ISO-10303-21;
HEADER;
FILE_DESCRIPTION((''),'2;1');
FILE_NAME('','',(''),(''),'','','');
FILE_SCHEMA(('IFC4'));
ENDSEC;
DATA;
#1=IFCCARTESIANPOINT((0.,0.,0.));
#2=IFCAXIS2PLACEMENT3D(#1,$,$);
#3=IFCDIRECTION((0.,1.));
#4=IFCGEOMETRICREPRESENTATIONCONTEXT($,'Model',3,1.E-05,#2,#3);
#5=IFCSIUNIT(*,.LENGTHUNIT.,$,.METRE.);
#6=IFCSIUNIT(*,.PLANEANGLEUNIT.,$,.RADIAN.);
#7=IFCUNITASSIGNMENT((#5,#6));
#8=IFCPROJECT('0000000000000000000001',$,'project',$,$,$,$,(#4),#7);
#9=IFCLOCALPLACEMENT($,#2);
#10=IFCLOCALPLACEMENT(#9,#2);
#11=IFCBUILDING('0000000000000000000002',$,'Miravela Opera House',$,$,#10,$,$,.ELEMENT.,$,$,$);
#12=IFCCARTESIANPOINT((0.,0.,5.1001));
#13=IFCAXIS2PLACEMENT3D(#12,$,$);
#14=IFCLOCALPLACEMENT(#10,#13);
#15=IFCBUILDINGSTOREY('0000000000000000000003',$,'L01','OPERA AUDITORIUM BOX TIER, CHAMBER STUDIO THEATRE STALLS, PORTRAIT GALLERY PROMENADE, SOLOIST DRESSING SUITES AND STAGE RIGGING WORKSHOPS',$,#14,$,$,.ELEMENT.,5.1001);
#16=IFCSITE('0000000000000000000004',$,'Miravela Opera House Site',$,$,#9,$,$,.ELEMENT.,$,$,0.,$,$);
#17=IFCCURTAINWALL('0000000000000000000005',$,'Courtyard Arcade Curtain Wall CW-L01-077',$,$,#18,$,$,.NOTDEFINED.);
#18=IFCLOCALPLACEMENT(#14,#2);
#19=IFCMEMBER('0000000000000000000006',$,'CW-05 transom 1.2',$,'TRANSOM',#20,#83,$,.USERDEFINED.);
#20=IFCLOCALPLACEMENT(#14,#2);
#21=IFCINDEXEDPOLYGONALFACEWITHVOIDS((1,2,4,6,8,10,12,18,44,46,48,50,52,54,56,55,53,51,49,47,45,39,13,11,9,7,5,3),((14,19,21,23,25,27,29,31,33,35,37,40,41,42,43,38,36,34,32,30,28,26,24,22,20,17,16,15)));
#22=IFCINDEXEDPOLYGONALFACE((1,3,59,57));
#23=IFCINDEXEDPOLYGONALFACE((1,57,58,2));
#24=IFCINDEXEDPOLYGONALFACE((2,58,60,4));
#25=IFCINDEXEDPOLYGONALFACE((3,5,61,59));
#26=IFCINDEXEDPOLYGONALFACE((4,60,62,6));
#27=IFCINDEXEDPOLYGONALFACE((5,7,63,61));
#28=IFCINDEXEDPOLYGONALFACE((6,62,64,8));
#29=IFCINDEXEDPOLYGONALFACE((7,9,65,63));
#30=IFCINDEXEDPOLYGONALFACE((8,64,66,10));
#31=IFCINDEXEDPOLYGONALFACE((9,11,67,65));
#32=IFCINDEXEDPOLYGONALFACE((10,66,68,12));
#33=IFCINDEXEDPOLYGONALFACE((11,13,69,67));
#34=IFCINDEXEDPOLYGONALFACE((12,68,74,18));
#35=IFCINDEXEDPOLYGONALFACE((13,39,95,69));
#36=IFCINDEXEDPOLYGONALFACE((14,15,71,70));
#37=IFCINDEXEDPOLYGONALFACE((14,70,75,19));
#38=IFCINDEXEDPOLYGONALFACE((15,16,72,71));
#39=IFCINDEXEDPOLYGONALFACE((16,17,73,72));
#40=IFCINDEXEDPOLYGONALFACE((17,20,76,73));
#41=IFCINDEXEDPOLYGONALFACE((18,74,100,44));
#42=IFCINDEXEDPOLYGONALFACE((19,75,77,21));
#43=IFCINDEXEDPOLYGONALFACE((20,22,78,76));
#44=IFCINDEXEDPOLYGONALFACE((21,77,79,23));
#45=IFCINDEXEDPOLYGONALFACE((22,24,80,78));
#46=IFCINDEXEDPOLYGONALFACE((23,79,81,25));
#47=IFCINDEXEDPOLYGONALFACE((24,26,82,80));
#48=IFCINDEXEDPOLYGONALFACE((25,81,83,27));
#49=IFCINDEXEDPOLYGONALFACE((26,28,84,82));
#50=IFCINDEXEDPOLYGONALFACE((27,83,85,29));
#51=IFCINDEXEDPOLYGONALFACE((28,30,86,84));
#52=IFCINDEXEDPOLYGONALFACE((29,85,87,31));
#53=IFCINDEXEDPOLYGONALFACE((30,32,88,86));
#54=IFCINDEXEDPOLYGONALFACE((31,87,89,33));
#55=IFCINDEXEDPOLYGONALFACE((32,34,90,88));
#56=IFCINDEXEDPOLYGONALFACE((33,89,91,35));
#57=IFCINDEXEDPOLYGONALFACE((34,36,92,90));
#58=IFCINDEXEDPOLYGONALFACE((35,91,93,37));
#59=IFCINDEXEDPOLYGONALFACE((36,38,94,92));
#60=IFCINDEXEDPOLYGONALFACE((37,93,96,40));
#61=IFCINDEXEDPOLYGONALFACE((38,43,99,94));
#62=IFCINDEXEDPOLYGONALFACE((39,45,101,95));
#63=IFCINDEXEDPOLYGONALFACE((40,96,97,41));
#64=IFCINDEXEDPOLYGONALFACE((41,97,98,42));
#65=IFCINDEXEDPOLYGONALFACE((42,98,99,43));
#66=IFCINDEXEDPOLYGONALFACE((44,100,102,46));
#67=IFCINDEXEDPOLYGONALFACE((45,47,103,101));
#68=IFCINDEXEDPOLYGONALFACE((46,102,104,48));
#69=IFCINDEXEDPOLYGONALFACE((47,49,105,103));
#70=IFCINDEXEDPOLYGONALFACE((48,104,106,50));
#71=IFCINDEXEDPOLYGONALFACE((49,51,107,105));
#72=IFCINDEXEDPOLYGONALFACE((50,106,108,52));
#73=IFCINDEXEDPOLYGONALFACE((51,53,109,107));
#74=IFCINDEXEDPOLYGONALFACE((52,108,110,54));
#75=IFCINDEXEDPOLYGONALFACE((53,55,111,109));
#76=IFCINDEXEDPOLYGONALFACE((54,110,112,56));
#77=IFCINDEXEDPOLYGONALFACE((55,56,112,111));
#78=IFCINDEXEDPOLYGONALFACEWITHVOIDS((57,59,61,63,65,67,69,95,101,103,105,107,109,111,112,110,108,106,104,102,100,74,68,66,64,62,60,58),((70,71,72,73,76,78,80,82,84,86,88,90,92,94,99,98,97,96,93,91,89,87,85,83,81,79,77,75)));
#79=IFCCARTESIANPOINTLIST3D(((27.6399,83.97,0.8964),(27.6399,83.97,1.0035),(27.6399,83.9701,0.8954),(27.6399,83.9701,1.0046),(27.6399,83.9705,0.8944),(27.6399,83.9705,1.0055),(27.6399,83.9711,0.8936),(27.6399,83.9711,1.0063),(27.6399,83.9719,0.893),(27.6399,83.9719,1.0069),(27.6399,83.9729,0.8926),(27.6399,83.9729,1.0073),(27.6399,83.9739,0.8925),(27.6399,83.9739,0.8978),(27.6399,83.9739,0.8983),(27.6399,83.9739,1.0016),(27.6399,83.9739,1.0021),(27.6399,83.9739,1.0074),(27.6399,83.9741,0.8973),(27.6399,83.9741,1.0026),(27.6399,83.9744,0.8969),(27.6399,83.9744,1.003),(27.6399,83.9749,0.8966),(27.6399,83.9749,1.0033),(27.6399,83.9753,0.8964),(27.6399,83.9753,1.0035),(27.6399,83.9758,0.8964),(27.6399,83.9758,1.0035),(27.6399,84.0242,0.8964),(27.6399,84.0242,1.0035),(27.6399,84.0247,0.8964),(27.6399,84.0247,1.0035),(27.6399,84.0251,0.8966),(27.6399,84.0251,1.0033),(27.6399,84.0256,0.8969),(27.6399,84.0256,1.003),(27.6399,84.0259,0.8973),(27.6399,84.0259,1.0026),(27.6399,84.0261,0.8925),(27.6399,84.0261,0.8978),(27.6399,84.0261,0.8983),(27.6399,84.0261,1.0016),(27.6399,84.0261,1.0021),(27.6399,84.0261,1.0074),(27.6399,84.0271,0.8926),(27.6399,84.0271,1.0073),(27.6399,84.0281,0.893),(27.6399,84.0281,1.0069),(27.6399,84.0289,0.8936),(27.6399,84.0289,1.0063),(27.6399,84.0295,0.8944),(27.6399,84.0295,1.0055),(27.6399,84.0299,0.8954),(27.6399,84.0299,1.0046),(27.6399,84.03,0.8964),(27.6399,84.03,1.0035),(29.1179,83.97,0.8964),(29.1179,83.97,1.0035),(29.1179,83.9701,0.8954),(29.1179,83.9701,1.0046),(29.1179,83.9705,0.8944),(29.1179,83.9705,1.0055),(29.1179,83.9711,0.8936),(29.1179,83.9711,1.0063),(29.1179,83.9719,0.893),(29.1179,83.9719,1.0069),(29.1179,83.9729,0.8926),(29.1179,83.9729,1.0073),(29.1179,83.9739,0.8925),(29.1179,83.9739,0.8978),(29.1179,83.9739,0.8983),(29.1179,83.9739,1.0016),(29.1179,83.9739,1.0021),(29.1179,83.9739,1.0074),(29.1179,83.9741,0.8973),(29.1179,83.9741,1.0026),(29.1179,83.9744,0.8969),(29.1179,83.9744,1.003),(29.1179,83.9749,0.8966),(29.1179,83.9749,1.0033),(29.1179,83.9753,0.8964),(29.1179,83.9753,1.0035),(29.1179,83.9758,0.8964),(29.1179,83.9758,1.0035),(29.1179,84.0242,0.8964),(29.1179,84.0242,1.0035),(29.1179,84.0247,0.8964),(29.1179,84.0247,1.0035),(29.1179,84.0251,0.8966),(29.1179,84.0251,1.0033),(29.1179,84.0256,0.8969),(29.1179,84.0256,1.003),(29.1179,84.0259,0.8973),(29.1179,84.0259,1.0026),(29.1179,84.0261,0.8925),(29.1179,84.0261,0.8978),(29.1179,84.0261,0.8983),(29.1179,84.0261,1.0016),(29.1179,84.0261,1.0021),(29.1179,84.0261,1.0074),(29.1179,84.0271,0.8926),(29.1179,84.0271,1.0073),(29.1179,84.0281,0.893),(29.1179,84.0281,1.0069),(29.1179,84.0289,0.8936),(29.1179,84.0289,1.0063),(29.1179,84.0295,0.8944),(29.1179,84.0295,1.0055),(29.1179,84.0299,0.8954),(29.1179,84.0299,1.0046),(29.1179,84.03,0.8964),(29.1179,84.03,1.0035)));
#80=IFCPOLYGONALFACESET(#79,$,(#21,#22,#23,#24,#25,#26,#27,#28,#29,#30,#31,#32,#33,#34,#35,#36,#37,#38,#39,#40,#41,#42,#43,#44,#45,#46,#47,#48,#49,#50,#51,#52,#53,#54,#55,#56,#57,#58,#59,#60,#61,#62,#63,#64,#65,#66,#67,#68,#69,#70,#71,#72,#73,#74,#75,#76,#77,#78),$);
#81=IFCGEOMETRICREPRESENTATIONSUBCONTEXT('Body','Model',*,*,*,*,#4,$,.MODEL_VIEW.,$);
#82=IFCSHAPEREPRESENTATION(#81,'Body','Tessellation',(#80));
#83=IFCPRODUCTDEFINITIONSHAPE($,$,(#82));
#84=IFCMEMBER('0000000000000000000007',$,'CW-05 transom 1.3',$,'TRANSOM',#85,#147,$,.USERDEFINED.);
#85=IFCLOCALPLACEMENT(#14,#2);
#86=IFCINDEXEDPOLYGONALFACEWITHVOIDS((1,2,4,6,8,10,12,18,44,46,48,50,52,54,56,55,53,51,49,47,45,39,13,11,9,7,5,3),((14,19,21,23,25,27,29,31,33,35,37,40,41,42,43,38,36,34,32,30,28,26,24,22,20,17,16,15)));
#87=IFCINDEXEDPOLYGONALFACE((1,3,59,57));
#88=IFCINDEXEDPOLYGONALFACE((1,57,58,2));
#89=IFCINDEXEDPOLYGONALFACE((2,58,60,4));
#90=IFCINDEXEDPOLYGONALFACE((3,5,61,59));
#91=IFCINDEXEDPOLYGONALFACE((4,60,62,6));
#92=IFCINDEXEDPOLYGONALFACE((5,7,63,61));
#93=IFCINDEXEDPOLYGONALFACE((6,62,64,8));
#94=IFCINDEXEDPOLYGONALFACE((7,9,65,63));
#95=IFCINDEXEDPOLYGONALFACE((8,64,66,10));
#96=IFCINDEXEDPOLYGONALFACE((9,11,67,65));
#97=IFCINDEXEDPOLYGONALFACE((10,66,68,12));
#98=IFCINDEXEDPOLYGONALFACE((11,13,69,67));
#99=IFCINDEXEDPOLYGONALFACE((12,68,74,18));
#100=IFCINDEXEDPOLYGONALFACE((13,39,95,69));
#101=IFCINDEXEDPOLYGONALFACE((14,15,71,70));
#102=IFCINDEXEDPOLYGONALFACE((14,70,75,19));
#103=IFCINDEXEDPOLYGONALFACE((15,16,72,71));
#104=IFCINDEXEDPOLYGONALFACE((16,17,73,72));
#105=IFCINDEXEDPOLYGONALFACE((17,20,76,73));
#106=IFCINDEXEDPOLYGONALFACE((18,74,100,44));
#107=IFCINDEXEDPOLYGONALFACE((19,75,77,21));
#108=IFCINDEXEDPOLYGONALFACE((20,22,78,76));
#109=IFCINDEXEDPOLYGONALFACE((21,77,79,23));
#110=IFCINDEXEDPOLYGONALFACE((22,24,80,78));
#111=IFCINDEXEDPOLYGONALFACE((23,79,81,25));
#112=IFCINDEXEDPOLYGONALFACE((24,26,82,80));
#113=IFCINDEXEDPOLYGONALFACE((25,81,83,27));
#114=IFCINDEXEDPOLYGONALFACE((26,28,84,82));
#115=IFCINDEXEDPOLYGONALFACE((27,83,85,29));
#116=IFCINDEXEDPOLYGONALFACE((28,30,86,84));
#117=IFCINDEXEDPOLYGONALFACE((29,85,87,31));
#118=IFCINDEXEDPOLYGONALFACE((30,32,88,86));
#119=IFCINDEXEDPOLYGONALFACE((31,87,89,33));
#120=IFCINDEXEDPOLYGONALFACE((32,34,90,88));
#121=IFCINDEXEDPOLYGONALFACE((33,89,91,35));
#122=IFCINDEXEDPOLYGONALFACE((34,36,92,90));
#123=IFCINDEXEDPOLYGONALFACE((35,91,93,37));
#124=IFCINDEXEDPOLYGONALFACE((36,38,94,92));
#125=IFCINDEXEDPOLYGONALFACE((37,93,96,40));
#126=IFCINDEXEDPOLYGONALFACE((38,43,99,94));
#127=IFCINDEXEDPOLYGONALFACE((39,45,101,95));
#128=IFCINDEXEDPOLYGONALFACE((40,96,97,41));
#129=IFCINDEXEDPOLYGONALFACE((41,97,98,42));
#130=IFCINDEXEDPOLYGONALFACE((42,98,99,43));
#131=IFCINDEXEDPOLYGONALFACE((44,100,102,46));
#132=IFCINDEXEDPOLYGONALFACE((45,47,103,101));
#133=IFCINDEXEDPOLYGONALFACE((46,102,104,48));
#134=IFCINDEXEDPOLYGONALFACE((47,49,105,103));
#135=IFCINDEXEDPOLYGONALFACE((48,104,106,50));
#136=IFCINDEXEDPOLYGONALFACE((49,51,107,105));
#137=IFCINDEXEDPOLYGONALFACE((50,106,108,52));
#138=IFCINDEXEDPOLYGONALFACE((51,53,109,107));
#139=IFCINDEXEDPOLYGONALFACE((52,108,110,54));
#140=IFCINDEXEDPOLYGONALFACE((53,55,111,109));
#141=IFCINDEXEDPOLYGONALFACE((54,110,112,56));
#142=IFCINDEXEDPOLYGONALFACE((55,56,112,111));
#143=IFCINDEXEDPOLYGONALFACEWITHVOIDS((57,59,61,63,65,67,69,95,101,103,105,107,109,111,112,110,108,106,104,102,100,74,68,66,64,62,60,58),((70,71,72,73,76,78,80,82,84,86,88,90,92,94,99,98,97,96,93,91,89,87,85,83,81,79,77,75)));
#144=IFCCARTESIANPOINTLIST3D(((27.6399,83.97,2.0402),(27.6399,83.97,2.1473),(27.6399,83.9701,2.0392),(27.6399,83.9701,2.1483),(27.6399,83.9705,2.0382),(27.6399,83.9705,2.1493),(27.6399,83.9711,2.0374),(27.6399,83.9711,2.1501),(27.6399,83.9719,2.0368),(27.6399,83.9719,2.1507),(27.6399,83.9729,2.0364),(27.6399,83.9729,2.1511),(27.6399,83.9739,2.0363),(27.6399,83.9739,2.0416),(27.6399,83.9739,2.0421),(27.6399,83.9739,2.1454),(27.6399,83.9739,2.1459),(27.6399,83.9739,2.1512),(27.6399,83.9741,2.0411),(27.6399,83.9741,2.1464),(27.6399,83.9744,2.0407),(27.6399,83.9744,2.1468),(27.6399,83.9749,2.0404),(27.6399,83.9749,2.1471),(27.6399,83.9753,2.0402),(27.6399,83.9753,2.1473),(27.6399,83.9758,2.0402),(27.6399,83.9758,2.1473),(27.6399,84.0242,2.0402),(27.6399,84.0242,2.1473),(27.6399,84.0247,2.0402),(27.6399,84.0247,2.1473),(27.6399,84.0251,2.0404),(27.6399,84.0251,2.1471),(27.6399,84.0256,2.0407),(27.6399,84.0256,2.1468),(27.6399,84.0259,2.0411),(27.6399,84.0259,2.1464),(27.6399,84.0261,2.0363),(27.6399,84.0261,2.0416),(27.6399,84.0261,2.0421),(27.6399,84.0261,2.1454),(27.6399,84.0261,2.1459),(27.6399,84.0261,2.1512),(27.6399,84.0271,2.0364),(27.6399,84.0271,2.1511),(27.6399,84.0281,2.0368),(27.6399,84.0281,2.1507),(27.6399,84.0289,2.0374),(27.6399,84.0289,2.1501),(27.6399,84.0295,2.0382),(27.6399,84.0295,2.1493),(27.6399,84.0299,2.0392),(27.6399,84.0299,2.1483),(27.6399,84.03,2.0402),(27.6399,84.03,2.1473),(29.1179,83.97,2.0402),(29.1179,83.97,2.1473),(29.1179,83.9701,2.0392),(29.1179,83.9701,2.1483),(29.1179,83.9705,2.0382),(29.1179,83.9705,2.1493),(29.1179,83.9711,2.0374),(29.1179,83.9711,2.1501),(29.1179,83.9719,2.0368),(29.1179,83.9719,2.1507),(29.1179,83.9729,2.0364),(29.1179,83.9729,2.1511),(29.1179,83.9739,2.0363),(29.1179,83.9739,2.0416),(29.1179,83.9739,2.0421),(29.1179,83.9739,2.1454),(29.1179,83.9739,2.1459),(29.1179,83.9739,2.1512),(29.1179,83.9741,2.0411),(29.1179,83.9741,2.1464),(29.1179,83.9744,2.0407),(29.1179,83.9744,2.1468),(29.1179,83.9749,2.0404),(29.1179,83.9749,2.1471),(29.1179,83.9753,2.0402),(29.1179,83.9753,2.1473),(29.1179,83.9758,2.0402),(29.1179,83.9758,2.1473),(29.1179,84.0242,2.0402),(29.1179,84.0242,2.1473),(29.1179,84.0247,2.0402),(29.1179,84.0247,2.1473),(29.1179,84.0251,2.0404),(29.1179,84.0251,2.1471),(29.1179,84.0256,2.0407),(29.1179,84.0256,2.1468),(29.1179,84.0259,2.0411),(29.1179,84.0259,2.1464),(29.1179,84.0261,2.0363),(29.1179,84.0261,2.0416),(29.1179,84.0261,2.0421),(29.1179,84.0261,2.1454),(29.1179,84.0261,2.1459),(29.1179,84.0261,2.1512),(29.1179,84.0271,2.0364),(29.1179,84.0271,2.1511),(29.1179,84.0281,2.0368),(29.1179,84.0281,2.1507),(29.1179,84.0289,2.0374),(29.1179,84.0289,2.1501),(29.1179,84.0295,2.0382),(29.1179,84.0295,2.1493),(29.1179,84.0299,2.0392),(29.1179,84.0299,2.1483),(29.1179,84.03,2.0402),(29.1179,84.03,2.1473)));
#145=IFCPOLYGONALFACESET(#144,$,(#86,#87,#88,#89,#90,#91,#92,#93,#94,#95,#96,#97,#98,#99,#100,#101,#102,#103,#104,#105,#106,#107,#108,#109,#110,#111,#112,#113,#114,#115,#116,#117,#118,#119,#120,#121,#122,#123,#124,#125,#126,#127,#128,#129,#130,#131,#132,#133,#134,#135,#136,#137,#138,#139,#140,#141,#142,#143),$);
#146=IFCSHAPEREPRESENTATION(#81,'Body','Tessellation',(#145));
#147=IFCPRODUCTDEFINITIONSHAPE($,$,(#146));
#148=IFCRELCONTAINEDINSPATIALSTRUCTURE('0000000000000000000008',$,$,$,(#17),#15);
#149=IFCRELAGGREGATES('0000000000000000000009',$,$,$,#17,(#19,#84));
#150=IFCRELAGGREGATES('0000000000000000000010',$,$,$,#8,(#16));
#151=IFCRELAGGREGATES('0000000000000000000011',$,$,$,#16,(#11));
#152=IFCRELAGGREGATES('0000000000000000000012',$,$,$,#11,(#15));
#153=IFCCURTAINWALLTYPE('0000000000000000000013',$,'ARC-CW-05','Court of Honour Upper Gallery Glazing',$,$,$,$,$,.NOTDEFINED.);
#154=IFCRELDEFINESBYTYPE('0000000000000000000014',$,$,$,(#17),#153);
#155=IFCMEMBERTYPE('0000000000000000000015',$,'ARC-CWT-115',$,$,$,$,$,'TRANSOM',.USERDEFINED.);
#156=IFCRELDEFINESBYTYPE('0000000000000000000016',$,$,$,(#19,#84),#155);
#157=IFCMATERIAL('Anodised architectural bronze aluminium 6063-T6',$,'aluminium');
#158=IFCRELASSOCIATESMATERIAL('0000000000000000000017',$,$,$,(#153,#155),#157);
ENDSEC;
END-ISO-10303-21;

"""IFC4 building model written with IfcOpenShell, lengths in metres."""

from ifc_helpers import new_model, si_unit, direction, frame, origin, origin_2d, place, context, subcontext, project, spatial, hollow_rectangle, extrude, material, material_profile, profile_set, type_object, element, aggregate, save


model = new_model("IFC4")

# Units and contexts
model_context = context("Model", 3, precision=1e-05, world=origin(), true_north=direction((0.0, 1.0)))
body_context = subcontext(model_context, "Body", "Model", "MODEL_VIEW")
ifc_project = project(units=[si_unit("LENGTHUNIT", "METRE"), si_unit("PLANEANGLEUNIT", "RADIAN")], contexts=[model_context])

# Site, building, storey
site_placement = place(None, origin())
site = spatial("IfcSite", under=ifc_project, at=site_placement, Name="Miravela Opera House Site", CompositionType="ELEMENT", RefElevation=0.0)
building_placement = place(site_placement, origin())
building = spatial("IfcBuilding", under=site, at=building_placement, Name="Miravela Opera House", CompositionType="ELEMENT")
storey_placement = place(building_placement, frame((0.0, 0.0, 5.1001)))
storey = spatial("IfcBuildingStorey", under=building, at=storey_placement, Name="L01", Description="OPERA AUDITORIUM BOX TIER, CHAMBER STUDIO THEATRE STALLS, PORTRAIT GALLERY PROMENADE, SOLOIST DRESSING SUITES AND STAGE RIGGING WORKSHOPS", CompositionType="ELEMENT", Elevation=5.1001)

# Curtain wall
ifc_material_1 = material(Name="Anodised architectural bronze aluminium 6063-T6", Category="aluminium")
curtain_wall_type_1 = type_object("IfcCurtainWallType", Name="ARC-CW-05", Description="Court of Honour Upper Gallery Glazing", PredefinedType="NOTDEFINED", material=ifc_material_1)
curtain_wall_1_placement = place(storey_placement, origin())
curtain_wall_1 = element("IfcCurtainWall", 1, at=curtain_wall_1_placement, inside=storey, type_object=curtain_wall_type_1, Name="Courtyard Arcade Curtain Wall CW-L01-077", PredefinedType="NOTDEFINED")

# Members
ifc_material_profile_1 = material_profile(ifc_material_1, hollow_rectangle(XDim=0.0601, YDim=0.115, WallThickness=0.0039, InnerFilletRadius=0.002, OuterFilletRadius=0.0039, at=origin_2d()), Name="CWT-60X115")
ifc_profile_set_1 = profile_set([ifc_material_profile_1])
member_type_1 = type_object("IfcMemberType", Name="ARC-CWT-115", ElementType="TRANSOM", PredefinedType="USERDEFINED", material=ifc_profile_set_1)
member_1_placement = place(storey_placement, frame((27.6399, 84.0, 0.95), z_axis=(1.0, 0.0, 0.0), x_axis=(0.0, 1.0, 0.0)))
member_1 = element("IfcMember", 2, at=member_1_placement, type_object=member_type_1, Name="CW-05 transom 1.2", ObjectType="TRANSOM", PredefinedType="USERDEFINED", context=body_context, shape_type="SweptSolid", body=[
    extrude(hollow_rectangle(XDim=0.0601, YDim=0.115, WallThickness=0.0039, InnerFilletRadius=0.002, OuterFilletRadius=0.0039, at=origin_2d()), origin(), (0.0, 0.0, 1.0), 1.478),
])
member_2_placement = place(storey_placement, frame((27.6399, 84.0, 2.0938), z_axis=(1.0, 0.0, 0.0), x_axis=(0.0, 1.0, 0.0)))
member_2 = element("IfcMember", 3, at=member_2_placement, type_object=member_type_1, Name="CW-05 transom 1.3", ObjectType="TRANSOM", PredefinedType="USERDEFINED", context=body_context, shape_type="SweptSolid", body=[
    extrude(hollow_rectangle(XDim=0.0601, YDim=0.115, WallThickness=0.0039, InnerFilletRadius=0.002, OuterFilletRadius=0.0039, at=origin_2d()), origin(), (0.0, 0.0, 1.0), 1.478),
])

aggregate(curtain_wall_1, [member_1, member_2])

save(model, "model.ifc")
